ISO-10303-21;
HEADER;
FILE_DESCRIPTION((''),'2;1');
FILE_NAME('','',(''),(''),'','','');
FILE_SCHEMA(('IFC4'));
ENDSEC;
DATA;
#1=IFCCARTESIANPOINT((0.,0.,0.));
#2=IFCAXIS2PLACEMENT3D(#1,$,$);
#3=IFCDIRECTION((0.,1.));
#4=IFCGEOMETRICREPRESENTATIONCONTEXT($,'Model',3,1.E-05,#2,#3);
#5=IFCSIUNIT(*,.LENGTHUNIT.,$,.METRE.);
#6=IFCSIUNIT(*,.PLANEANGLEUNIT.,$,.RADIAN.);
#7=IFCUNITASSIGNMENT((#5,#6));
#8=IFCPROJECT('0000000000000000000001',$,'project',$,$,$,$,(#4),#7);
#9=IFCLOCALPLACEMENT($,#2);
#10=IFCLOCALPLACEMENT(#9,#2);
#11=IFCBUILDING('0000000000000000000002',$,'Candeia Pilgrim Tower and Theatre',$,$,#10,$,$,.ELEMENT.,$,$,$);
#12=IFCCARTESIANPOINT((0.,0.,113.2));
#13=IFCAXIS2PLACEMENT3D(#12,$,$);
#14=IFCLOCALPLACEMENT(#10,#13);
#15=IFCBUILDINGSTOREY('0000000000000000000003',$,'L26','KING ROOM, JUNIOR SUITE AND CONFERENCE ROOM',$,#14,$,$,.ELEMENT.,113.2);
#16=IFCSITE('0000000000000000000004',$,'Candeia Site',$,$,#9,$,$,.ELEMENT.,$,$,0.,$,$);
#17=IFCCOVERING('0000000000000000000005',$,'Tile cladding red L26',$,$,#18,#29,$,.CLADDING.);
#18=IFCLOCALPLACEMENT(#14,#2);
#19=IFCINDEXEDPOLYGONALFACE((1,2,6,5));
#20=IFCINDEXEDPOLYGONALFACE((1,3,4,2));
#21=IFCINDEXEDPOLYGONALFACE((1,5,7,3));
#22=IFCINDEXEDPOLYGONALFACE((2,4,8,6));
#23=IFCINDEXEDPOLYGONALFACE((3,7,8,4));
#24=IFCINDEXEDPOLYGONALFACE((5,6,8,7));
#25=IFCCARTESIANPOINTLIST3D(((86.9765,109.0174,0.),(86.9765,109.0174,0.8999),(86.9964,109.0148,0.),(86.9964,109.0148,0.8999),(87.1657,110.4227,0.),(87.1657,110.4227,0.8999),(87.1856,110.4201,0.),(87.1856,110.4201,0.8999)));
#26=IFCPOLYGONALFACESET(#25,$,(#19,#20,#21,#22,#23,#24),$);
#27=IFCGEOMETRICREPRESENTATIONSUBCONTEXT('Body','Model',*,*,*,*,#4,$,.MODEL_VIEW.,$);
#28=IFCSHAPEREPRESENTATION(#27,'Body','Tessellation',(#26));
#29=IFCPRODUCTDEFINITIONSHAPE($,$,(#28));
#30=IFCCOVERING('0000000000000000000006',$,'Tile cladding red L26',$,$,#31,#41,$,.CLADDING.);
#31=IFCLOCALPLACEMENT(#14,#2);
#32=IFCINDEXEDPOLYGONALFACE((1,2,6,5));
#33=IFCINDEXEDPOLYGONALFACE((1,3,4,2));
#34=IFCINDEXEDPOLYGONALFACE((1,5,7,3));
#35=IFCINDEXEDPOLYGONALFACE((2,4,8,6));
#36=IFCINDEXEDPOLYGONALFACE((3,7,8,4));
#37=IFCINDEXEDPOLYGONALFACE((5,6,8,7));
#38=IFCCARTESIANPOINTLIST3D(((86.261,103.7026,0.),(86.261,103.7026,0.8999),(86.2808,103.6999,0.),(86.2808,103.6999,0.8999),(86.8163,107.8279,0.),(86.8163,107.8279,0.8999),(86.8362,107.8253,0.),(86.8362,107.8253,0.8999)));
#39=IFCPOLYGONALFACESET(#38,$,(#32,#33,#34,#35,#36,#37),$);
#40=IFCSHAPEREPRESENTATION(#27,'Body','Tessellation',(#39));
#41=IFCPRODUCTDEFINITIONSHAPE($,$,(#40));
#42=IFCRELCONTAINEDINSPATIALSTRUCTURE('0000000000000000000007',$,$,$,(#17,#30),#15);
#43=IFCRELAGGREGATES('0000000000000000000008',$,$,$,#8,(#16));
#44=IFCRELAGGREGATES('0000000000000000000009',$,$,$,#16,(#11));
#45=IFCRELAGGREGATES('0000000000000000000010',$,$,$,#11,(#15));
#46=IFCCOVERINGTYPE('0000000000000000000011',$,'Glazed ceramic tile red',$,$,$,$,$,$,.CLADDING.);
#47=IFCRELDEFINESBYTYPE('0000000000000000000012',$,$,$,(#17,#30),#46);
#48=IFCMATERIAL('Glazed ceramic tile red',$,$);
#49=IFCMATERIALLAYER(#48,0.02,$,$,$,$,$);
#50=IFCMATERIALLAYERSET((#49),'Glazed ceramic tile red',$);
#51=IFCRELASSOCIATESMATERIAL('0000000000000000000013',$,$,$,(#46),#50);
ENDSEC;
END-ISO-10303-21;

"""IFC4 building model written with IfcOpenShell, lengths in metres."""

from ifc_helpers import new_model, si_unit, direction, frame, origin, origin_2d, place, context, subcontext, project, spatial, rectangle, extrude, material, layer, layer_set, type_object, element, save


model = new_model("IFC4")

# Units and contexts
model_context = context("Model", 3, precision=1e-05, world=origin(), true_north=direction((0.0, 1.0)))
body_context = subcontext(model_context, "Body", "Model", "MODEL_VIEW")
ifc_project = project(units=[si_unit("LENGTHUNIT", "METRE"), si_unit("PLANEANGLEUNIT", "RADIAN")], contexts=[model_context])

# Site, building, storey
site_placement = place(None, origin())
site = spatial("IfcSite", under=ifc_project, at=site_placement, Name="Candeia Site", CompositionType="ELEMENT", RefElevation=0.0)
building_placement = place(site_placement, origin())
building = spatial("IfcBuilding", under=site, at=building_placement, Name="Candeia Pilgrim Tower and Theatre", CompositionType="ELEMENT")
storey_placement = place(building_placement, frame((0.0, 0.0, 113.2)))
storey = spatial("IfcBuildingStorey", under=building, at=storey_placement, Name="L26", Description="KING ROOM, JUNIOR SUITE AND CONFERENCE ROOM", CompositionType="ELEMENT", Elevation=113.2)

# Coverings
ifc_material_1 = material(Name="Glazed ceramic tile red")
ifc_layer_1 = layer(ifc_material_1, 0.02)
ifc_layer_set_1 = layer_set([ifc_layer_1], Name="Glazed ceramic tile red")
covering_type = type_object("IfcCoveringType", Name="Glazed ceramic tile red", PredefinedType="CLADDING", material=ifc_layer_set_1)
covering_1_placement = place(storey_placement, frame((87.0811, 109.7188, 0.0), z_axis=(0.0, 0.0, 1.0), x_axis=(-0.133412, -0.991061, 0.0)))
element("IfcCovering", 1, at=covering_1_placement, inside=storey, type_object=covering_type, Name="Tile cladding red L26", PredefinedType="CLADDING", context=body_context, shape_type="SweptSolid", body=[
    extrude(rectangle(XDim=1.418, YDim=0.02, at=origin_2d()), origin(), (0.0, 0.0, 1.0), 0.8999),
])
covering_2_placement = place(storey_placement, frame((86.5486, 105.7639, 0.0), z_axis=(0.0, 0.0, 1.0), x_axis=(-0.133412, -0.991061, 0.0)))
element("IfcCovering", 2, at=covering_2_placement, inside=storey, type_object=covering_type, Name="Tile cladding red L26", PredefinedType="CLADDING", context=body_context, shape_type="SweptSolid", body=[
    extrude(rectangle(XDim=4.1626, YDim=0.02, at=origin_2d()), origin(), (0.0, 0.0, 1.0), 0.8999),
])

save(model, "model.ifc")
